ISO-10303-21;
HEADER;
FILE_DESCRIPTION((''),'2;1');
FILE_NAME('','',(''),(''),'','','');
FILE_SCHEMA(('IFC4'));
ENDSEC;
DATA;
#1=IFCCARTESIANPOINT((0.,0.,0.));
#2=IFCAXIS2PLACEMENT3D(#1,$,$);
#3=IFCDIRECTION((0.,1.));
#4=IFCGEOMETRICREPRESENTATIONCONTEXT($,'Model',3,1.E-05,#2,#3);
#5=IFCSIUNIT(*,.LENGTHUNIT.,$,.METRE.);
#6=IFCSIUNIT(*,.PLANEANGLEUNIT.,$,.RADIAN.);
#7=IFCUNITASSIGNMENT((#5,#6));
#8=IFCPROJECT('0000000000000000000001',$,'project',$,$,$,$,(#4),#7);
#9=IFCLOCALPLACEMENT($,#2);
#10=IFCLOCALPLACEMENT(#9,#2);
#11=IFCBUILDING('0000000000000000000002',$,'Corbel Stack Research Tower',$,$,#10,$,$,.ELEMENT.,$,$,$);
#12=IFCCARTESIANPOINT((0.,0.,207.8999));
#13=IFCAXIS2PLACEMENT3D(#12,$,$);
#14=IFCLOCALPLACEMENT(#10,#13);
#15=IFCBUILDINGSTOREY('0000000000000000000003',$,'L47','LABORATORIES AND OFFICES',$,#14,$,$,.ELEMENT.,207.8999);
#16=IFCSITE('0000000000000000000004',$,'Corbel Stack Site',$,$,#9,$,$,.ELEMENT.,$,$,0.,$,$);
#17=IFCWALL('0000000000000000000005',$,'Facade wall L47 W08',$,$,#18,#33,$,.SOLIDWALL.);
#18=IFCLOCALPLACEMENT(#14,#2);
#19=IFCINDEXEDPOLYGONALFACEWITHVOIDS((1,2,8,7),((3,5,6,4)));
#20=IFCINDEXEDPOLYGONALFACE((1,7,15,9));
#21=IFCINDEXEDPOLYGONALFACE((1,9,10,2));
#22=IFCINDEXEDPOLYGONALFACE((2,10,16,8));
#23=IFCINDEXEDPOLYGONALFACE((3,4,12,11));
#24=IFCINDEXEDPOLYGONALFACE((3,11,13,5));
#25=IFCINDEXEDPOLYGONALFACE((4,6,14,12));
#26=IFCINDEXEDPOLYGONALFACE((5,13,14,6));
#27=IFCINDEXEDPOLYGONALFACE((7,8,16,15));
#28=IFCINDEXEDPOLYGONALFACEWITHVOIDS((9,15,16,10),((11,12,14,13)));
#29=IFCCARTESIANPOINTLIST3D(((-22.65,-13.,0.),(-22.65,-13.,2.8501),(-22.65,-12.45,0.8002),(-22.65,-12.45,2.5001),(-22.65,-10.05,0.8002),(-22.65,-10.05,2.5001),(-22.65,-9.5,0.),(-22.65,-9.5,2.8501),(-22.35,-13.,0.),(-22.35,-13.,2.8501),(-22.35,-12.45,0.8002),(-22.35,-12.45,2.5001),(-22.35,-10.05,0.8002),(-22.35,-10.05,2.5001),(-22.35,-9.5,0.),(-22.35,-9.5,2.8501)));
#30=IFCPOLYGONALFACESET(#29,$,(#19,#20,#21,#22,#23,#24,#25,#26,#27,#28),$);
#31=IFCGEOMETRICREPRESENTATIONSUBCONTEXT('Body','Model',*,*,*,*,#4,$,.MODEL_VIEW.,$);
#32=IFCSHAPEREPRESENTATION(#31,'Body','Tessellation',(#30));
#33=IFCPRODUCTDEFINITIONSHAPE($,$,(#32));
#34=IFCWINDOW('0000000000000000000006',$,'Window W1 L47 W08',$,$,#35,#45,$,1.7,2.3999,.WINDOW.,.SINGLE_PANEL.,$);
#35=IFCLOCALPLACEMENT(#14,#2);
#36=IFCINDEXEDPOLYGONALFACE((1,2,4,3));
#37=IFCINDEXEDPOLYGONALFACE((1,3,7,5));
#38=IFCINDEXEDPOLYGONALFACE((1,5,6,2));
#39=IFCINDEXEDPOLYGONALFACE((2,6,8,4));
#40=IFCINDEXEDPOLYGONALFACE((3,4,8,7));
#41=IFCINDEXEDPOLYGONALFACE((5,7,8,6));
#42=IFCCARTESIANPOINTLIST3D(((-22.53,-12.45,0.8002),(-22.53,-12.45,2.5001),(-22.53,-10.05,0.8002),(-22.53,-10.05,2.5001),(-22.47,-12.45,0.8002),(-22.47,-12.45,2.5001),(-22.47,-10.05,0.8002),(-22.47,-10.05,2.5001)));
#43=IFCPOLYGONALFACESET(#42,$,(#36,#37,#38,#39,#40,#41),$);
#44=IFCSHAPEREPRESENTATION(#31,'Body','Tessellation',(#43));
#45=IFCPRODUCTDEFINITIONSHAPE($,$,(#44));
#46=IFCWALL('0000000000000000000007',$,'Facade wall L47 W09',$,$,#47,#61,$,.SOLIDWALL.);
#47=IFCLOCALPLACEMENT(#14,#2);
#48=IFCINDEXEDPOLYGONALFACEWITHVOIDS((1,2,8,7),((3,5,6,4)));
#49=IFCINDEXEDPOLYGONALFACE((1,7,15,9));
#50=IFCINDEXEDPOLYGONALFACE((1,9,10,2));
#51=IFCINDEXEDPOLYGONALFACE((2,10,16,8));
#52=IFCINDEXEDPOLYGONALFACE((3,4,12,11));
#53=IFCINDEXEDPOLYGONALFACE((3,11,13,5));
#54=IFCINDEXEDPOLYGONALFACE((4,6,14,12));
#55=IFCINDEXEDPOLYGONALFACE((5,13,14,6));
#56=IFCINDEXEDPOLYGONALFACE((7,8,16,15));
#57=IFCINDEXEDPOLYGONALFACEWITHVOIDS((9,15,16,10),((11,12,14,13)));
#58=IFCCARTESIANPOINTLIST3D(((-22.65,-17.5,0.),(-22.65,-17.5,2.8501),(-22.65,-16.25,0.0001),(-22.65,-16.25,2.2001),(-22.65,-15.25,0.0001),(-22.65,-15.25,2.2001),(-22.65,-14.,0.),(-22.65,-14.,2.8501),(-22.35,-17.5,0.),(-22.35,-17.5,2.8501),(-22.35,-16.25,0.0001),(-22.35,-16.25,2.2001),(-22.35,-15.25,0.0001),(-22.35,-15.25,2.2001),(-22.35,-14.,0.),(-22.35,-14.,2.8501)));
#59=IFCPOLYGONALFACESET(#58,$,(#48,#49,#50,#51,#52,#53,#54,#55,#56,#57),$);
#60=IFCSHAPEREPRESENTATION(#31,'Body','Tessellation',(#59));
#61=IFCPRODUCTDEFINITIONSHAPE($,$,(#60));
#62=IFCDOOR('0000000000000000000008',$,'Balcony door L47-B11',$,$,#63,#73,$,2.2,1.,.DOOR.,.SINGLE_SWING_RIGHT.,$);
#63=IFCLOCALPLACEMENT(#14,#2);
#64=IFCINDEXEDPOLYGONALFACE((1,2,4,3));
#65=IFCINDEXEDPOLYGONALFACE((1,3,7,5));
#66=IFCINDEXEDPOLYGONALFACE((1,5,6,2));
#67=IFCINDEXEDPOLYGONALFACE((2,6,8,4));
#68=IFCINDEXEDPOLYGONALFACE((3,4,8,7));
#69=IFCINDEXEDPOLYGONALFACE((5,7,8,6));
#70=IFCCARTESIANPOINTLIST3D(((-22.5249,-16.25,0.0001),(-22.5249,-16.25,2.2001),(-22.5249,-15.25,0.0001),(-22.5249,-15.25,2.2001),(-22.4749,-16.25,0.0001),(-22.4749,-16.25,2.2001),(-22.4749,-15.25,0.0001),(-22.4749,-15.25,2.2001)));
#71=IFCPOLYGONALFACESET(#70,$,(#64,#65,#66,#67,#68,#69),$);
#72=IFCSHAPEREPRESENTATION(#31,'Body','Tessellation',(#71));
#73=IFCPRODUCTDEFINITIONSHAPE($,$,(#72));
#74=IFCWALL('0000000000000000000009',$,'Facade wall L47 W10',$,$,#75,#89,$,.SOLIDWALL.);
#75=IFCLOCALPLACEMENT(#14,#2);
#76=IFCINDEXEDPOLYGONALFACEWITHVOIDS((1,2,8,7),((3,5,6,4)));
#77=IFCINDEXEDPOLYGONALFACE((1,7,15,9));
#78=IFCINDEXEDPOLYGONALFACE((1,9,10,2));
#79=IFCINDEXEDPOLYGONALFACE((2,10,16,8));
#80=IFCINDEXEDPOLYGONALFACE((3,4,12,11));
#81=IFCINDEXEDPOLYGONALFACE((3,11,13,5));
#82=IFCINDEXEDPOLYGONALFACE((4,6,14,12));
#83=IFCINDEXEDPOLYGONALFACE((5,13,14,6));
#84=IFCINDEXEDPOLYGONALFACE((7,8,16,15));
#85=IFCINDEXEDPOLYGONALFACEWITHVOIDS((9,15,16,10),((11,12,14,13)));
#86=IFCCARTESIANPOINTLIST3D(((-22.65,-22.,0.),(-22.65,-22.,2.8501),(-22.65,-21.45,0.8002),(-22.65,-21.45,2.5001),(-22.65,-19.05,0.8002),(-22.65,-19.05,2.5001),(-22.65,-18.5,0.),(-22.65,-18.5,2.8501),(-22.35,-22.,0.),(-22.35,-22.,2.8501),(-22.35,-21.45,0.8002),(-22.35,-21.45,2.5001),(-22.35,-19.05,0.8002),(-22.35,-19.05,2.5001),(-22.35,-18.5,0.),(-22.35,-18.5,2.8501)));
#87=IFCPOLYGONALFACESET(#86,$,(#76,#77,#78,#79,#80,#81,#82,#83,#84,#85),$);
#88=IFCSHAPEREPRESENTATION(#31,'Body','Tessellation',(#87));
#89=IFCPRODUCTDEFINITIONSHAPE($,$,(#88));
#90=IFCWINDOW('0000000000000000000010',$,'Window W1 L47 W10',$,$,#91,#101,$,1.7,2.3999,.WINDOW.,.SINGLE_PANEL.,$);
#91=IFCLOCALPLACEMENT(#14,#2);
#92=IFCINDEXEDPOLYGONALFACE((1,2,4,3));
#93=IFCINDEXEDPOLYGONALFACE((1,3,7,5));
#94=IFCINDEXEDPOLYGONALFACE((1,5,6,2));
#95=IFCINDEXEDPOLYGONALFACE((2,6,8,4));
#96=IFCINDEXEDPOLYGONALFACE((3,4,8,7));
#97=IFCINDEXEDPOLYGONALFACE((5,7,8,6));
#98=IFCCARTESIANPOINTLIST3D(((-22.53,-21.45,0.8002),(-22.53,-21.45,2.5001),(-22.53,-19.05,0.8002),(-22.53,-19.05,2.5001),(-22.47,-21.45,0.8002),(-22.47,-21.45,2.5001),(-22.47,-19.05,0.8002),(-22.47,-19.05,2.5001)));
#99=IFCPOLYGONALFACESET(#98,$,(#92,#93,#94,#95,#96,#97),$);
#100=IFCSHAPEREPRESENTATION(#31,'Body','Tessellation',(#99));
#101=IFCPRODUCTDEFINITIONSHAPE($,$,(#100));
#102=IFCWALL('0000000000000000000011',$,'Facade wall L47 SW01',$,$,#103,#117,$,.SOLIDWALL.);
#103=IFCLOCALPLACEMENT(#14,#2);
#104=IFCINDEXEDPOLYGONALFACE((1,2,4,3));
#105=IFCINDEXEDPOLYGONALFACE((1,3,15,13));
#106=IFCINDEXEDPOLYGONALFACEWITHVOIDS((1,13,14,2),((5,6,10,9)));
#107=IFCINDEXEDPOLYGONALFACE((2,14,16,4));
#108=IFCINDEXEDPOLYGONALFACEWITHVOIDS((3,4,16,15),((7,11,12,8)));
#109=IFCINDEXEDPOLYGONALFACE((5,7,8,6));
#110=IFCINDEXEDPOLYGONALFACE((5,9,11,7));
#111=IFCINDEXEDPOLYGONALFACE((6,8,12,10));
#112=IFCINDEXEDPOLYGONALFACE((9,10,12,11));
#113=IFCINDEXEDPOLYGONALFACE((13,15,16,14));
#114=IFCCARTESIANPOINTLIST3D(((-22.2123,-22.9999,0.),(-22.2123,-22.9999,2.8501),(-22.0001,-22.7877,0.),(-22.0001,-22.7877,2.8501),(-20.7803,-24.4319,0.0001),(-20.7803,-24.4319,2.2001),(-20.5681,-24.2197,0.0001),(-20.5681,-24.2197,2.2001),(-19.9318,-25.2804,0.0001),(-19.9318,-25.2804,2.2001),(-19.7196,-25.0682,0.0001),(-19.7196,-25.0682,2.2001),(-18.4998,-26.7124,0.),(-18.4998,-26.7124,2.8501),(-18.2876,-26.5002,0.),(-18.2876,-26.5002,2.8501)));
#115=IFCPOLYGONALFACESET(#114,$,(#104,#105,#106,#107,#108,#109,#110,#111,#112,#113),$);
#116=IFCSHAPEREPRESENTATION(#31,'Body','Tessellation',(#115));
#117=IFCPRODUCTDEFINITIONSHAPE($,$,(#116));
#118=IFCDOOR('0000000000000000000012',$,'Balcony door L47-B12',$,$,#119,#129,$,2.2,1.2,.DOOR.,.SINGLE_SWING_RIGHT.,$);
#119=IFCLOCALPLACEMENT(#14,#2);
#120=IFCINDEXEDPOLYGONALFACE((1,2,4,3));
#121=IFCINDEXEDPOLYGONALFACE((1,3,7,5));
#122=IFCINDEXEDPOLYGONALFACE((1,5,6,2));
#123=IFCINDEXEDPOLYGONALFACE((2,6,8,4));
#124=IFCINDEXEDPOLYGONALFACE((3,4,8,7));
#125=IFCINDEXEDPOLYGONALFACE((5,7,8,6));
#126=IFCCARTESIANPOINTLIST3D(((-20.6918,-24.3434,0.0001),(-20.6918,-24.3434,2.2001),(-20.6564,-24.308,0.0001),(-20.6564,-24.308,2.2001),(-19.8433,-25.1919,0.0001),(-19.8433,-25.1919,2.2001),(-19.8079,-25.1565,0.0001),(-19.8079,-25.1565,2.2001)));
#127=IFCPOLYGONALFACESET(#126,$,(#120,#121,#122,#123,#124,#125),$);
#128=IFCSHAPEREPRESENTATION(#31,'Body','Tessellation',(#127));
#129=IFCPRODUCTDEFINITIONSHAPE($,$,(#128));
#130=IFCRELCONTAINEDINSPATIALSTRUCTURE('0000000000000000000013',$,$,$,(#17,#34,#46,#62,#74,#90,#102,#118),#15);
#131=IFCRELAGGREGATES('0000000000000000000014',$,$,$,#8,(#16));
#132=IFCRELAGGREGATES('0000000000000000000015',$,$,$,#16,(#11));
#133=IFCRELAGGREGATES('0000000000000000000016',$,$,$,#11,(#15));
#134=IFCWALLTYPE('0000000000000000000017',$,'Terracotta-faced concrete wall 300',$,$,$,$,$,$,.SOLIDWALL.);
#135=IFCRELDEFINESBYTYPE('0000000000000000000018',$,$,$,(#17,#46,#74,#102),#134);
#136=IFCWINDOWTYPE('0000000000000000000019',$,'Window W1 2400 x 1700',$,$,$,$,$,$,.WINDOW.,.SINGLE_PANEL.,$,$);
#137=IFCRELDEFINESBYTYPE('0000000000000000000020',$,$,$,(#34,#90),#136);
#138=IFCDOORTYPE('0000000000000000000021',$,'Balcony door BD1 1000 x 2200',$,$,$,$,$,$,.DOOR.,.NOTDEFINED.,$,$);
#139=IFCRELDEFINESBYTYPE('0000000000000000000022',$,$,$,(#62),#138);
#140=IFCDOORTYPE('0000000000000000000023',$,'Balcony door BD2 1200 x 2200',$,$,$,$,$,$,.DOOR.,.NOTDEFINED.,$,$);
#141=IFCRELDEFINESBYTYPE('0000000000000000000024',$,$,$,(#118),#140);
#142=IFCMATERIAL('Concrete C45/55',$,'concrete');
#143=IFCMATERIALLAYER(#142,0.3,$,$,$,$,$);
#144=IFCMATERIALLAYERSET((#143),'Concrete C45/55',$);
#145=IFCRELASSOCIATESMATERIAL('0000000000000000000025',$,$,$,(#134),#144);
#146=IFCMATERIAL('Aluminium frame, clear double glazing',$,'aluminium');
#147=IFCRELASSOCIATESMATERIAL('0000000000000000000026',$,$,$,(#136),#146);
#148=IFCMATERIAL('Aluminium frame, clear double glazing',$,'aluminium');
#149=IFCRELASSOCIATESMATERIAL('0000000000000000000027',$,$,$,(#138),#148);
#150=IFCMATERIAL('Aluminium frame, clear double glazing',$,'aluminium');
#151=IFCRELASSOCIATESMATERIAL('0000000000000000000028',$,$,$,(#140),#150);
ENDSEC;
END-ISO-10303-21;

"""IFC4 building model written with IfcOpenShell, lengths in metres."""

from ifc_helpers import new_model, si_unit, direction, frame, frame_2d, origin, place, context, subcontext, project, spatial, rectangle, extrude, material, layer, layer_set, type_object, element, fill, save


model = new_model("IFC4")

# Units and contexts
model_context = context("Model", 3, precision=1e-05, world=origin(), true_north=direction((0.0, 1.0)))
body_context = subcontext(model_context, "Body", "Model", "MODEL_VIEW")
ifc_project = project(units=[si_unit("LENGTHUNIT", "METRE"), si_unit("PLANEANGLEUNIT", "RADIAN")], contexts=[model_context])

# Site, building, storey
site_placement = place(None, origin())
site = spatial("IfcSite", under=ifc_project, at=site_placement, Name="Corbel Stack Site", CompositionType="ELEMENT", RefElevation=0.0)
building_placement = place(site_placement, origin())
building = spatial("IfcBuilding", under=site, at=building_placement, Name="Corbel Stack Research Tower", CompositionType="ELEMENT")
storey_placement = place(building_placement, frame((0.0, 0.0, 207.8999)))
storey = spatial("IfcBuildingStorey", under=building, at=storey_placement, Name="L47", Description="LABORATORIES AND OFFICES", CompositionType="ELEMENT", Elevation=207.8999)

# Wall, opening, window
ifc_material_1 = material(Name="Concrete C45/55", Category="concrete")
ifc_layer_1 = layer(ifc_material_1, 0.3)
ifc_layer_set_1 = layer_set([ifc_layer_1], Name="Concrete C45/55")
wall_type_1 = type_object("IfcWallType", Name="Terracotta-faced concrete wall 300", PredefinedType="SOLIDWALL", material=ifc_layer_set_1)
wall_1_placement = place(storey_placement, frame((-22.5, -13.0, 0.0), z_axis=(0.0, 0.0, 1.0), x_axis=(0.0, 1.0, 0.0)))
wall_1 = element("IfcWall", 1, at=wall_1_placement, inside=storey, type_object=wall_type_1, Name="Facade wall L47 W08", PredefinedType="SOLIDWALL", context=body_context, shape_type="SweptSolid", body=[
    extrude(rectangle(XDim=3.5, YDim=0.3, at=frame_2d((1.75, 0.0))), origin(), (0.0, 0.0, 1.0), 2.8501),
])
opening_1_placement = place(wall_1_placement, frame((0.55, 0.0, 0.8)))
opening_1 = element("IfcOpeningElement", 2, at=opening_1_placement, cuts=wall_1, PredefinedType="OPENING", context=body_context, shape_type="SweptSolid", body=[
    extrude(rectangle(XDim=2.3999, YDim=1.7, at=frame_2d((1.2, 0.8501))), frame((0.0, 0.1599, 0.0), z_axis=(0.0, -1.0, 0.0), x_axis=(1.0, 0.0, 0.0)), (0.0, 0.0, 1.0), 0.3201),
])
ifc_material_2 = material(Name="Aluminium frame, clear double glazing", Category="aluminium")
window_type = type_object("IfcWindowType", Name="Window W1 2400 x 1700", PartitioningType="SINGLE_PANEL", PredefinedType="WINDOW", material=ifc_material_2)
window_1_placement = place(opening_1_placement, origin())
window_1 = element("IfcWindow", 3, at=window_1_placement, inside=storey, type_object=window_type, Name="Window W1 L47 W08", OverallHeight=1.7, OverallWidth=2.3999, PartitioningType="SINGLE_PANEL", PredefinedType="WINDOW", context=body_context, shape_type="SweptSolid", body=[
    extrude(rectangle(XDim=2.3999, YDim=1.7, at=frame_2d((1.2, 0.8501))), frame((0.0, 0.03, 0.0), z_axis=(0.0, -1.0, 0.0), x_axis=(1.0, 0.0, 0.0)), (0.0, 0.0, 1.0), 0.0601),
])
fill(opening_1, window_1)

# Wall, opening, door
wall_2_placement = place(storey_placement, frame((-22.5, -17.5, 0.0), z_axis=(0.0, 0.0, 1.0), x_axis=(0.0, 1.0, 0.0)))
wall_2 = element("IfcWall", 4, at=wall_2_placement, inside=storey, type_object=wall_type_1, Name="Facade wall L47 W09", PredefinedType="SOLIDWALL", context=body_context, shape_type="SweptSolid", body=[
    extrude(rectangle(XDim=3.5, YDim=0.3, at=frame_2d((1.75, 0.0))), origin(), (0.0, 0.0, 1.0), 2.8501),
])
opening_2_placement = place(wall_2_placement, frame((1.25, 0.0, 0.0)))
opening_2 = element("IfcOpeningElement", 5, at=opening_2_placement, cuts=wall_2, PredefinedType="OPENING", context=body_context, shape_type="SweptSolid", body=[
    extrude(rectangle(XDim=1.0, YDim=2.2, at=frame_2d((0.5, 1.1001))), frame((0.0, 0.1599, 0.0), z_axis=(0.0, -1.0, 0.0), x_axis=(1.0, 0.0, 0.0)), (0.0, 0.0, 1.0), 0.3201),
])
ifc_material_3 = material(Name="Aluminium frame, clear double glazing", Category="aluminium")
door_type_1 = type_object("IfcDoorType", Name="Balcony door BD1 1000 x 2200", OperationType="NOTDEFINED", PredefinedType="DOOR", material=ifc_material_3)
door_1_placement = place(opening_2_placement, origin())
door_1 = element("IfcDoor", 6, at=door_1_placement, inside=storey, type_object=door_type_1, Name="Balcony door L47-B11", OperationType="SINGLE_SWING_RIGHT", OverallHeight=2.2, OverallWidth=1.0, PredefinedType="DOOR", context=body_context, shape_type="SweptSolid", body=[
    extrude(rectangle(XDim=1.0, YDim=2.2, at=frame_2d((0.5, 1.1001))), frame((0.0, 0.0249, 0.0), z_axis=(0.0, -1.0, 0.0), x_axis=(1.0, 0.0, 0.0)), (0.0, 0.0, 1.0), 0.05),
])
fill(opening_2, door_1)

# Wall, opening, window
wall_3_placement = place(storey_placement, frame((-22.5, -22.0, 0.0), z_axis=(0.0, 0.0, 1.0), x_axis=(0.0, 1.0, 0.0)))
wall_3 = element("IfcWall", 7, at=wall_3_placement, inside=storey, type_object=wall_type_1, Name="Facade wall L47 W10", PredefinedType="SOLIDWALL", context=body_context, shape_type="SweptSolid", body=[
    extrude(rectangle(XDim=3.5, YDim=0.3, at=frame_2d((1.75, 0.0))), origin(), (0.0, 0.0, 1.0), 2.8501),
])
opening_3_placement = place(wall_3_placement, frame((0.55, 0.0, 0.8)))
opening_3 = element("IfcOpeningElement", 8, at=opening_3_placement, cuts=wall_3, PredefinedType="OPENING", context=body_context, shape_type="SweptSolid", body=[
    extrude(rectangle(XDim=2.3999, YDim=1.7, at=frame_2d((1.2, 0.8501))), frame((0.0, 0.1599, 0.0), z_axis=(0.0, -1.0, 0.0), x_axis=(1.0, 0.0, 0.0)), (0.0, 0.0, 1.0), 0.3201),
])
window_2_placement = place(opening_3_placement, origin())
window_2 = element("IfcWindow", 9, at=window_2_placement, inside=storey, type_object=window_type, Name="Window W1 L47 W10", OverallHeight=1.7, OverallWidth=2.3999, PartitioningType="SINGLE_PANEL", PredefinedType="WINDOW", context=body_context, shape_type="SweptSolid", body=[
    extrude(rectangle(XDim=2.3999, YDim=1.7, at=frame_2d((1.2, 0.8501))), frame((0.0, 0.03, 0.0), z_axis=(0.0, -1.0, 0.0), x_axis=(1.0, 0.0, 0.0)), (0.0, 0.0, 1.0), 0.0601),
])
fill(opening_3, window_2)

# Wall, opening, door
wall_4_placement = place(storey_placement, frame((-18.3938, -26.6062, 0.0), z_axis=(0.0, 0.0, 1.0), x_axis=(-0.707107, 0.707107, 0.0)))
wall_4 = element("IfcWall", 10, at=wall_4_placement, inside=storey, type_object=wall_type_1, Name="Facade wall L47 SW01", PredefinedType="SOLIDWALL", context=body_context, shape_type="SweptSolid", body=[
    extrude(rectangle(XDim=5.2502, YDim=0.3, at=frame_2d((2.625, 0.0))), origin(), (0.0, 0.0, 1.0), 2.8501),
])
opening_4_placement = place(wall_4_placement, frame((2.0249, 0.0, 0.0)))
opening_4 = element("IfcOpeningElement", 11, at=opening_4_placement, cuts=wall_4, PredefinedType="OPENING", context=body_context, shape_type="SweptSolid", body=[
    extrude(rectangle(XDim=1.2, YDim=2.2, at=frame_2d((0.6001, 1.1001))), frame((0.0, 0.1599, 0.0), z_axis=(0.0, -1.0, 0.0), x_axis=(1.0, 0.0, 0.0)), (0.0, 0.0, 1.0), 0.3201),
])
ifc_material_4 = material(Name="Aluminium frame, clear double glazing", Category="aluminium")
door_type_2 = type_object("IfcDoorType", Name="Balcony door BD2 1200 x 2200", OperationType="NOTDEFINED", PredefinedType="DOOR", material=ifc_material_4)
door_2_placement = place(opening_4_placement, origin())
door_2 = element("IfcDoor", 12, at=door_2_placement, inside=storey, type_object=door_type_2, Name="Balcony door L47-B12", OperationType="SINGLE_SWING_RIGHT", OverallHeight=2.2, OverallWidth=1.2, PredefinedType="DOOR", context=body_context, shape_type="SweptSolid", body=[
    extrude(rectangle(XDim=1.2, YDim=2.2, at=frame_2d((0.6001, 1.1001))), frame((0.0, 0.0249, 0.0), z_axis=(0.0, -1.0, 0.0), x_axis=(1.0, 0.0, 0.0)), (0.0, 0.0, 1.0), 0.05),
])
fill(opening_4, door_2)

save(model, "model.ifc")
